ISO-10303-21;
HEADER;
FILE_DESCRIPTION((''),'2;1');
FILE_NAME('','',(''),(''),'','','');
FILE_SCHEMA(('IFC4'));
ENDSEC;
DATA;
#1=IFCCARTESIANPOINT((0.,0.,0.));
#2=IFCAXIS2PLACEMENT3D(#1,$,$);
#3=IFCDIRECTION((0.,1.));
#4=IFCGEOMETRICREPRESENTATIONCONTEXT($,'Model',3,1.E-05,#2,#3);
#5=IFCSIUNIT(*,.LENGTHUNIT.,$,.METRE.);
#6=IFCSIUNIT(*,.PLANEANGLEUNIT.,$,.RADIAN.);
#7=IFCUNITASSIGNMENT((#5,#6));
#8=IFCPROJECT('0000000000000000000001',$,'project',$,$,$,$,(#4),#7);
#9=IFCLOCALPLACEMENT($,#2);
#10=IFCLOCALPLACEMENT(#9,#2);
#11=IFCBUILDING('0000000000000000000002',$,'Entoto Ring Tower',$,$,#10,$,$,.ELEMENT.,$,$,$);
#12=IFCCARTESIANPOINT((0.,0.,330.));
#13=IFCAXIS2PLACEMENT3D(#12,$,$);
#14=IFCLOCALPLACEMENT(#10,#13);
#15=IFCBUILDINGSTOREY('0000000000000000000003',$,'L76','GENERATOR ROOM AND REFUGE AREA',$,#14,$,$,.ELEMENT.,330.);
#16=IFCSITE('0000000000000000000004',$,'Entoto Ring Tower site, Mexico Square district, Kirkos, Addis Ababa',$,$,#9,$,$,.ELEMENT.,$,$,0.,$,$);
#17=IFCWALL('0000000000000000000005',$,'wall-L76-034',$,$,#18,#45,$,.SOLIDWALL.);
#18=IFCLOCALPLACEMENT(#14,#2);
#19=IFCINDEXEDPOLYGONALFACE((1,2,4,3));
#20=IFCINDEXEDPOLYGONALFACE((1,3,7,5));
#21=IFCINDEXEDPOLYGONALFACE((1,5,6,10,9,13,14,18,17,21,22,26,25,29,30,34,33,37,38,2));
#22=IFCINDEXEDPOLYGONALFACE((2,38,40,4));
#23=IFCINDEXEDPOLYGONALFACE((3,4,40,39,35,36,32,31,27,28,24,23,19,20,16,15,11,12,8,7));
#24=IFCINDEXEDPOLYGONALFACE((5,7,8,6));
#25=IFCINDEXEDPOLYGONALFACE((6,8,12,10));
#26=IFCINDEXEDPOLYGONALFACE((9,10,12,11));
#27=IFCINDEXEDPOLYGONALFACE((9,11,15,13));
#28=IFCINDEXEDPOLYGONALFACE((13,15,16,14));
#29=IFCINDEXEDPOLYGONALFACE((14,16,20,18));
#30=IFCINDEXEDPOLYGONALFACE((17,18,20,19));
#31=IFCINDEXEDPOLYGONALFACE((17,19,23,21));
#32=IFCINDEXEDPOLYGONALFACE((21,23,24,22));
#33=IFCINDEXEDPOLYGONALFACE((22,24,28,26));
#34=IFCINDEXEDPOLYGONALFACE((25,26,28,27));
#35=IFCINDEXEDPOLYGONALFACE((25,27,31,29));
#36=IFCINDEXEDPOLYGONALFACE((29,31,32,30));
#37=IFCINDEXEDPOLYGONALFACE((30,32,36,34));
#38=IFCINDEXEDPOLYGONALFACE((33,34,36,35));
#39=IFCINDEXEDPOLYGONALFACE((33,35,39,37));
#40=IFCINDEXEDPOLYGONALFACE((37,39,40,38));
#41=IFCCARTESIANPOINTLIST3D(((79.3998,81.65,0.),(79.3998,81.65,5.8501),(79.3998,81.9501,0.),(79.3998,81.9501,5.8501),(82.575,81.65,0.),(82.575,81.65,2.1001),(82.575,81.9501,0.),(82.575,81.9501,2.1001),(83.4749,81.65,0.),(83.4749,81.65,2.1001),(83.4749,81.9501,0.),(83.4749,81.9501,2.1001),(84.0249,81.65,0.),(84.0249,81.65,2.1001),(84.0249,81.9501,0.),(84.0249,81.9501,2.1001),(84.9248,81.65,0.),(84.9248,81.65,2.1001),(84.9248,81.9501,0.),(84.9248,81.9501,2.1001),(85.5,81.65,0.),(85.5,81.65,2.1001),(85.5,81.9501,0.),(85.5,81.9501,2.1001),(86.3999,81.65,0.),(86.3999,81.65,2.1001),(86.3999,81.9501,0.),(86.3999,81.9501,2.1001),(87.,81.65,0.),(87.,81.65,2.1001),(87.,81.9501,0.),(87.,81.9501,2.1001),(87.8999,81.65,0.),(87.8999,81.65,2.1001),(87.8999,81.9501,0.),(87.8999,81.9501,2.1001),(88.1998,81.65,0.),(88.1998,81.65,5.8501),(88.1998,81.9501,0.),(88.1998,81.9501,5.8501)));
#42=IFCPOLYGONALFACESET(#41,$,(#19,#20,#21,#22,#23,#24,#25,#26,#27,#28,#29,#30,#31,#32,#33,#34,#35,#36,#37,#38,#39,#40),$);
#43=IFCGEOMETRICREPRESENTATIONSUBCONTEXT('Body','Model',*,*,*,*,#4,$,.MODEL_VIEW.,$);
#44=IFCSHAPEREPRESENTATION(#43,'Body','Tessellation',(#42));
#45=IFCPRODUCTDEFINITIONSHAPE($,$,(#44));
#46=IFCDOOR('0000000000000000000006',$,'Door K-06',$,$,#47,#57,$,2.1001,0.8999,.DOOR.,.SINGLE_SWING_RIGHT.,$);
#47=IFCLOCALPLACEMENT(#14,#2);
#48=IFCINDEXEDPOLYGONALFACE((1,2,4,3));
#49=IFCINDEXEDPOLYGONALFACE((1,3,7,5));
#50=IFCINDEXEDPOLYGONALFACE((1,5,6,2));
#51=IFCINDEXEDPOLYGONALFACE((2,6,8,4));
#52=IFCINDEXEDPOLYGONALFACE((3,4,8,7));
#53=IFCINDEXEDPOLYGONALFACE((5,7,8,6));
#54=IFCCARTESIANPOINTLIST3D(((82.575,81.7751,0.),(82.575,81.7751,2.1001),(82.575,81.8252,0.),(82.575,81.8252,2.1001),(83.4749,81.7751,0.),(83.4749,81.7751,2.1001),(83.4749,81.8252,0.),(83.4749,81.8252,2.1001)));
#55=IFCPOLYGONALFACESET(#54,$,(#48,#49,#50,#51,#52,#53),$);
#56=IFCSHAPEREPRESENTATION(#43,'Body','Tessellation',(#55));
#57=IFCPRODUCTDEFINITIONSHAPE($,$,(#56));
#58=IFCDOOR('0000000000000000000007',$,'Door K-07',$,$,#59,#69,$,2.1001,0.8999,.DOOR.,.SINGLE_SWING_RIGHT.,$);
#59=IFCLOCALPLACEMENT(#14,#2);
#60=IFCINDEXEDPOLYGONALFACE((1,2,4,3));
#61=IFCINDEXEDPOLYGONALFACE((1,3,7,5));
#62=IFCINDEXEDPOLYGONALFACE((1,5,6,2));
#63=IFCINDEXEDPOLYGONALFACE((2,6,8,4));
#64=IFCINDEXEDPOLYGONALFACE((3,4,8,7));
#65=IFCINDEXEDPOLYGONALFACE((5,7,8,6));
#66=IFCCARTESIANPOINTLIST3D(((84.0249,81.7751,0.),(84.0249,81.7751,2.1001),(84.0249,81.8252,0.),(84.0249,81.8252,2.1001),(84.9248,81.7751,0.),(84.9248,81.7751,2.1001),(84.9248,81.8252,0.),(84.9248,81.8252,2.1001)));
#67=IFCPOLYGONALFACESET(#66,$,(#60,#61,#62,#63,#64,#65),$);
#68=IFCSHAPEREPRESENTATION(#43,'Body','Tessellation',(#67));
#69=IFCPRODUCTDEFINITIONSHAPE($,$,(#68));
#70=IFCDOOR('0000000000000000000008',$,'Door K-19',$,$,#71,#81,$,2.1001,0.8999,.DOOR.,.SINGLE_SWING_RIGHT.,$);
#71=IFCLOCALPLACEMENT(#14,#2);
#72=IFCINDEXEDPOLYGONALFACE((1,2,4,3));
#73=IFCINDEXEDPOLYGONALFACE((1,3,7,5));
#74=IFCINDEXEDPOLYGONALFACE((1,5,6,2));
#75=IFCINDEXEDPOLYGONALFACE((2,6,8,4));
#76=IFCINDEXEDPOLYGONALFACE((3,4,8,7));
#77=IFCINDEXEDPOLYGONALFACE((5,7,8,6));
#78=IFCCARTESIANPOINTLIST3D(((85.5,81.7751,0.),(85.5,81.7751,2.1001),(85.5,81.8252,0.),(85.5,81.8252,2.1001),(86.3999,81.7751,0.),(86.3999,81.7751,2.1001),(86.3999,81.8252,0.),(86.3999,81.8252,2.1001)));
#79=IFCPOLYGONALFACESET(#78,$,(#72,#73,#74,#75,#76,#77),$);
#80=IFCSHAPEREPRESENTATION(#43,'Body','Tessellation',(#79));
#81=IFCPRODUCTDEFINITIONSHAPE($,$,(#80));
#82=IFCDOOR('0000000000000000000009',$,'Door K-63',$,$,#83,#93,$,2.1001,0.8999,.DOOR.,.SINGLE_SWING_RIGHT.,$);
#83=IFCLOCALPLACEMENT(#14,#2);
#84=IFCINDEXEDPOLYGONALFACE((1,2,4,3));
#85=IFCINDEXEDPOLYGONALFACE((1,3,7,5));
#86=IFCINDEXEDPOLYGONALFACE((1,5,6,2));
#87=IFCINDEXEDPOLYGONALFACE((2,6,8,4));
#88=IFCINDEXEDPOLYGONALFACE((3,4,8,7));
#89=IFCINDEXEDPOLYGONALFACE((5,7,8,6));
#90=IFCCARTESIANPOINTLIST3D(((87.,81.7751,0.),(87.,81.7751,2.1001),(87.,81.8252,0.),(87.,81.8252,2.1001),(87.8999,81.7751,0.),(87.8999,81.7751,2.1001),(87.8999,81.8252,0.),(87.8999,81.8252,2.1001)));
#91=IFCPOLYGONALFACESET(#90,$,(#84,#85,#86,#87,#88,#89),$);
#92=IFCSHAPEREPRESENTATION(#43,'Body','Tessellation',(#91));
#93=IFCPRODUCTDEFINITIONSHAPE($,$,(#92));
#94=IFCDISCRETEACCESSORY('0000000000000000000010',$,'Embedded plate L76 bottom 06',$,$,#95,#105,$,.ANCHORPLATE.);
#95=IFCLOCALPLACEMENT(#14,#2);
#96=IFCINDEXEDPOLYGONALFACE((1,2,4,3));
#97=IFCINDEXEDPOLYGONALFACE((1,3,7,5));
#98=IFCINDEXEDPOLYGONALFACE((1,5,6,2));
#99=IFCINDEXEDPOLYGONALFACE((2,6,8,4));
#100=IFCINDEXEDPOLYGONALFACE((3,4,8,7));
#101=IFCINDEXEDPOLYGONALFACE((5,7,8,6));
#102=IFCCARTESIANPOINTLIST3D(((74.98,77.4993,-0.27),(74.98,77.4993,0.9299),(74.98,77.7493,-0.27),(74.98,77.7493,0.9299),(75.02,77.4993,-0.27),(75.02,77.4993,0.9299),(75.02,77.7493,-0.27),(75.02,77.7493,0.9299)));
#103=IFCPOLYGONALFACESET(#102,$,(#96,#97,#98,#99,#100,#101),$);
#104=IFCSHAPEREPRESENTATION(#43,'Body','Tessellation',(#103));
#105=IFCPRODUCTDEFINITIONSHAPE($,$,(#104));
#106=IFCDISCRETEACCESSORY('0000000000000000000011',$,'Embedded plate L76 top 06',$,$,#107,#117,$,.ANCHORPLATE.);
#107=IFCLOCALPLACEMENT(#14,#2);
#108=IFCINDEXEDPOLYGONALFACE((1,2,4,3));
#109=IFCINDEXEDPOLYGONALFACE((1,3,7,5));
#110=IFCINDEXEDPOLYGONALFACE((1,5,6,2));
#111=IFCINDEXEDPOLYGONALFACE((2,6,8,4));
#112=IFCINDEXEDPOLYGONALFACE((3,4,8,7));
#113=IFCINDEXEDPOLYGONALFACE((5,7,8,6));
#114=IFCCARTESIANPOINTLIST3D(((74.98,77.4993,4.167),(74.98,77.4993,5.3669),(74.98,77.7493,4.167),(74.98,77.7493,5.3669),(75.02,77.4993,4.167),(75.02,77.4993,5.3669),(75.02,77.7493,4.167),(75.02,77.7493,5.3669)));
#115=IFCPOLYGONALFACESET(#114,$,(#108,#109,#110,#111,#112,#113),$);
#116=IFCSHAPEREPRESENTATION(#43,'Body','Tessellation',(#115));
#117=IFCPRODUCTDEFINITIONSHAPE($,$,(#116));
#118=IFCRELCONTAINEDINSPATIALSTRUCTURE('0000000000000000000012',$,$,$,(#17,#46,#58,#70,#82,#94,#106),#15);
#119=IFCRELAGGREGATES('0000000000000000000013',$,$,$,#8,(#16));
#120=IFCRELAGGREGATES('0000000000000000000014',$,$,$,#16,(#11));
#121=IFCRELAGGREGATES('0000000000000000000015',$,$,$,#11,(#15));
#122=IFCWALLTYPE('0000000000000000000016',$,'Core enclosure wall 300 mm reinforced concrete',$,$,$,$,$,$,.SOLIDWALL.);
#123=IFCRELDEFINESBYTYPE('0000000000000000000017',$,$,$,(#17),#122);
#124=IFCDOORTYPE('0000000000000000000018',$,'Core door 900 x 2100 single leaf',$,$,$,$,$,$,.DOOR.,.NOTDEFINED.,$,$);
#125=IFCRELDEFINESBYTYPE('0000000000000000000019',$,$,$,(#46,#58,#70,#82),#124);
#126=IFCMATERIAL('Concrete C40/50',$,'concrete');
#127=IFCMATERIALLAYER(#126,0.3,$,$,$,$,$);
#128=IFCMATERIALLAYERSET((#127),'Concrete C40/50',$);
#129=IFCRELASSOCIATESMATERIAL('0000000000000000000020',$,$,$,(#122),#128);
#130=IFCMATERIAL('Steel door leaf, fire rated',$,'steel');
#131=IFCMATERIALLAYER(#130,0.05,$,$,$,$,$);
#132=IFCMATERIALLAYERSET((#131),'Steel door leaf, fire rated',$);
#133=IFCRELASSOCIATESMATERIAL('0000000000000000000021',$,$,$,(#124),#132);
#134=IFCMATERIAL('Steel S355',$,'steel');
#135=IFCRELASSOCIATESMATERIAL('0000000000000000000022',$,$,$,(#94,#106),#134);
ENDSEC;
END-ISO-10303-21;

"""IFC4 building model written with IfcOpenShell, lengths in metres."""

from ifc_helpers import new_model, si_unit, direction, frame, frame_2d, origin, origin_2d, place, context, subcontext, project, spatial, rectangle, extrude, material, layer, layer_set, type_object, element, fill, save


model = new_model("IFC4")

# Units and contexts
model_context = context("Model", 3, precision=1e-05, world=origin(), true_north=direction((0.0, 1.0)))
body_context = subcontext(model_context, "Body", "Model", "MODEL_VIEW")
ifc_project = project(units=[si_unit("LENGTHUNIT", "METRE"), si_unit("PLANEANGLEUNIT", "RADIAN")], contexts=[model_context])

# Site, building, storey
site_placement = place(None, origin())
site = spatial("IfcSite", under=ifc_project, at=site_placement, Name="Entoto Ring Tower site, Mexico Square district, Kirkos, Addis Ababa", CompositionType="ELEMENT", RefElevation=0.0)
building_placement = place(site_placement, origin())
building = spatial("IfcBuilding", under=site, at=building_placement, Name="Entoto Ring Tower", CompositionType="ELEMENT")
storey_placement = place(building_placement, frame((0.0, 0.0, 330.0)))
storey = spatial("IfcBuildingStorey", under=building, at=storey_placement, Name="L76", Description="GENERATOR ROOM AND REFUGE AREA", CompositionType="ELEMENT", Elevation=330.0)

# Shared definitions
ifc_material_1 = material(Name="Concrete C40/50", Category="concrete")
ifc_layer_1 = layer(ifc_material_1, 0.3)
ifc_layer_set_1 = layer_set([ifc_layer_1], Name="Concrete C40/50")
wall_type = type_object("IfcWallType", Name="Core enclosure wall 300 mm reinforced concrete", PredefinedType="SOLIDWALL", material=ifc_layer_set_1)

# Wall, openings, doors
ifc_material_2 = material(Name="Steel door leaf, fire rated", Category="steel")
ifc_layer_2 = layer(ifc_material_2, 0.05)
ifc_layer_set_2 = layer_set([ifc_layer_2], Name="Steel door leaf, fire rated")
door_type_1 = type_object("IfcDoorType", Name="Core door 900 x 2100 single leaf", OperationType="NOTDEFINED", PredefinedType="DOOR", material=ifc_layer_set_2)
wall_1_placement = place(storey_placement, frame((79.3999, 81.8, 0.0), z_axis=(0.0, 0.0, 1.0), x_axis=(1.0, 0.0, 0.0)))
wall_1 = element("IfcWall", 1, at=wall_1_placement, inside=storey, type_object=wall_type, Name="wall-L76-034", PredefinedType="SOLIDWALL", context=body_context, shape_type="SweptSolid", body=[
    extrude(rectangle(XDim=8.8, YDim=0.3, at=frame_2d((4.3999, 0.0))), origin(), (0.0, 0.0, 1.0), 5.8501),
])
opening_1_placement = place(wall_1_placement, frame((3.175, 0.0, 0.0)))
opening_1 = element("IfcOpeningElement", 2, at=opening_1_placement, cuts=wall_1, PredefinedType="OPENING", context=body_context, shape_type="SweptSolid", body=[
    extrude(rectangle(XDim=0.8999, YDim=2.1001, at=frame_2d((0.45, 1.05))), frame((0.0, 0.1602, 0.0), z_axis=(0.0, -1.0, 0.0), x_axis=(1.0, 0.0, 0.0)), (0.0, 0.0, 1.0), 0.3201),
])
opening_2_placement = place(wall_1_placement, frame((4.625, 0.0, 0.0)))
opening_2 = element("IfcOpeningElement", 3, at=opening_2_placement, cuts=wall_1, PredefinedType="OPENING", context=body_context, shape_type="SweptSolid", body=[
    extrude(rectangle(XDim=0.8999, YDim=2.1001, at=frame_2d((0.45, 1.05))), frame((0.0, 0.1602, 0.0), z_axis=(0.0, -1.0, 0.0), x_axis=(1.0, 0.0, 0.0)), (0.0, 0.0, 1.0), 0.3201),
])
opening_3_placement = place(wall_1_placement, frame((6.1001, 0.0, 0.0)))
opening_3 = element("IfcOpeningElement", 4, at=opening_3_placement, cuts=wall_1, PredefinedType="OPENING", context=body_context, shape_type="SweptSolid", body=[
    extrude(rectangle(XDim=0.8999, YDim=2.1001, at=frame_2d((0.45, 1.05))), frame((0.0, 0.1602, 0.0), z_axis=(0.0, -1.0, 0.0), x_axis=(1.0, 0.0, 0.0)), (0.0, 0.0, 1.0), 0.3201),
])
opening_4_placement = place(wall_1_placement, frame((7.6001, 0.0, 0.0)))
opening_4 = element("IfcOpeningElement", 5, at=opening_4_placement, cuts=wall_1, PredefinedType="OPENING", context=body_context, shape_type="SweptSolid", body=[
    extrude(rectangle(XDim=0.8999, YDim=2.1001, at=frame_2d((0.45, 1.05))), frame((0.0, 0.1602, 0.0), z_axis=(0.0, -1.0, 0.0), x_axis=(1.0, 0.0, 0.0)), (0.0, 0.0, 1.0), 0.3201),
])
door_1_placement = place(opening_1_placement, frame((0.8999, 0.0, 0.0), z_axis=(0.0, 0.0, 1.0), x_axis=(-1.0, 0.0, 0.0)))
door_1 = element("IfcDoor", 6, at=door_1_placement, inside=storey, type_object=door_type_1, Name="Door K-06", OperationType="SINGLE_SWING_RIGHT", OverallHeight=2.1001, OverallWidth=0.8999, PredefinedType="DOOR", context=body_context, shape_type="SweptSolid", body=[
    extrude(rectangle(XDim=0.8999, YDim=2.1001, at=frame_2d((0.45, 1.05))), frame((0.0, 0.0249, 0.0), z_axis=(0.0, -1.0, 0.0), x_axis=(1.0, 0.0, 0.0)), (0.0, 0.0, 1.0), 0.05),
])
fill(opening_1, door_1)
door_2_placement = place(opening_2_placement, frame((0.8999, 0.0, 0.0), z_axis=(0.0, 0.0, 1.0), x_axis=(-1.0, 0.0, 0.0)))
door_2 = element("IfcDoor", 7, at=door_2_placement, inside=storey, type_object=door_type_1, Name="Door K-07", OperationType="SINGLE_SWING_RIGHT", OverallHeight=2.1001, OverallWidth=0.8999, PredefinedType="DOOR", context=body_context, shape_type="SweptSolid", body=[
    extrude(rectangle(XDim=0.8999, YDim=2.1001, at=frame_2d((0.45, 1.05))), frame((0.0, 0.0249, 0.0), z_axis=(0.0, -1.0, 0.0), x_axis=(1.0, 0.0, 0.0)), (0.0, 0.0, 1.0), 0.05),
])
fill(opening_2, door_2)
door_3_placement = place(opening_3_placement, frame((0.8999, 0.0, 0.0), z_axis=(0.0, 0.0, 1.0), x_axis=(-1.0, 0.0, 0.0)))
door_3 = element("IfcDoor", 8, at=door_3_placement, inside=storey, type_object=door_type_1, Name="Door K-19", OperationType="SINGLE_SWING_RIGHT", OverallHeight=2.1001, OverallWidth=0.8999, PredefinedType="DOOR", context=body_context, shape_type="SweptSolid", body=[
    extrude(rectangle(XDim=0.8999, YDim=2.1001, at=frame_2d((0.45, 1.05))), frame((0.0, 0.0249, 0.0), z_axis=(0.0, -1.0, 0.0), x_axis=(1.0, 0.0, 0.0)), (0.0, 0.0, 1.0), 0.05),
])
fill(opening_3, door_3)
door_4_placement = place(opening_4_placement, frame((0.8999, 0.0, 0.0), z_axis=(0.0, 0.0, 1.0), x_axis=(-1.0, 0.0, 0.0)))
door_4 = element("IfcDoor", 9, at=door_4_placement, inside=storey, type_object=door_type_1, Name="Door K-63", OperationType="SINGLE_SWING_RIGHT", OverallHeight=2.1001, OverallWidth=0.8999, PredefinedType="DOOR", context=body_context, shape_type="SweptSolid", body=[
    extrude(rectangle(XDim=0.8999, YDim=2.1001, at=frame_2d((0.45, 1.05))), frame((0.0, 0.0249, 0.0), z_axis=(0.0, -1.0, 0.0), x_axis=(1.0, 0.0, 0.0)), (0.0, 0.0, 1.0), 0.05),
])
fill(opening_4, door_4)

# Discrete accessories
ifc_material_3 = material(Name="Steel S355", Category="steel")
for number, where, z_axis, x_axis, name in (
    (10, (75.0, 77.6243, -0.27), (0.0, 0.0, 1.0), (-1.0, 0.0, 0.0), "Embedded plate L76 bottom 06"),
    (11, (75.0, 77.6243, 4.167), (0.0, 0.0, 1.0), (-1.0, 0.0, 0.0), "Embedded plate L76 top 06"),
):
    element("IfcDiscreteAccessory", number, at=place(storey_placement, frame(where, z_axis=z_axis, x_axis=x_axis)), inside=storey, material=ifc_material_3, Name=name, PredefinedType="ANCHORPLATE", context=body_context, shape_type="SweptSolid", body=[
        extrude(rectangle(XDim=0.04, YDim=0.25, at=origin_2d()), origin(), (0.0, 0.0, 1.0), 1.2),
    ])

save(model, "model.ifc")
